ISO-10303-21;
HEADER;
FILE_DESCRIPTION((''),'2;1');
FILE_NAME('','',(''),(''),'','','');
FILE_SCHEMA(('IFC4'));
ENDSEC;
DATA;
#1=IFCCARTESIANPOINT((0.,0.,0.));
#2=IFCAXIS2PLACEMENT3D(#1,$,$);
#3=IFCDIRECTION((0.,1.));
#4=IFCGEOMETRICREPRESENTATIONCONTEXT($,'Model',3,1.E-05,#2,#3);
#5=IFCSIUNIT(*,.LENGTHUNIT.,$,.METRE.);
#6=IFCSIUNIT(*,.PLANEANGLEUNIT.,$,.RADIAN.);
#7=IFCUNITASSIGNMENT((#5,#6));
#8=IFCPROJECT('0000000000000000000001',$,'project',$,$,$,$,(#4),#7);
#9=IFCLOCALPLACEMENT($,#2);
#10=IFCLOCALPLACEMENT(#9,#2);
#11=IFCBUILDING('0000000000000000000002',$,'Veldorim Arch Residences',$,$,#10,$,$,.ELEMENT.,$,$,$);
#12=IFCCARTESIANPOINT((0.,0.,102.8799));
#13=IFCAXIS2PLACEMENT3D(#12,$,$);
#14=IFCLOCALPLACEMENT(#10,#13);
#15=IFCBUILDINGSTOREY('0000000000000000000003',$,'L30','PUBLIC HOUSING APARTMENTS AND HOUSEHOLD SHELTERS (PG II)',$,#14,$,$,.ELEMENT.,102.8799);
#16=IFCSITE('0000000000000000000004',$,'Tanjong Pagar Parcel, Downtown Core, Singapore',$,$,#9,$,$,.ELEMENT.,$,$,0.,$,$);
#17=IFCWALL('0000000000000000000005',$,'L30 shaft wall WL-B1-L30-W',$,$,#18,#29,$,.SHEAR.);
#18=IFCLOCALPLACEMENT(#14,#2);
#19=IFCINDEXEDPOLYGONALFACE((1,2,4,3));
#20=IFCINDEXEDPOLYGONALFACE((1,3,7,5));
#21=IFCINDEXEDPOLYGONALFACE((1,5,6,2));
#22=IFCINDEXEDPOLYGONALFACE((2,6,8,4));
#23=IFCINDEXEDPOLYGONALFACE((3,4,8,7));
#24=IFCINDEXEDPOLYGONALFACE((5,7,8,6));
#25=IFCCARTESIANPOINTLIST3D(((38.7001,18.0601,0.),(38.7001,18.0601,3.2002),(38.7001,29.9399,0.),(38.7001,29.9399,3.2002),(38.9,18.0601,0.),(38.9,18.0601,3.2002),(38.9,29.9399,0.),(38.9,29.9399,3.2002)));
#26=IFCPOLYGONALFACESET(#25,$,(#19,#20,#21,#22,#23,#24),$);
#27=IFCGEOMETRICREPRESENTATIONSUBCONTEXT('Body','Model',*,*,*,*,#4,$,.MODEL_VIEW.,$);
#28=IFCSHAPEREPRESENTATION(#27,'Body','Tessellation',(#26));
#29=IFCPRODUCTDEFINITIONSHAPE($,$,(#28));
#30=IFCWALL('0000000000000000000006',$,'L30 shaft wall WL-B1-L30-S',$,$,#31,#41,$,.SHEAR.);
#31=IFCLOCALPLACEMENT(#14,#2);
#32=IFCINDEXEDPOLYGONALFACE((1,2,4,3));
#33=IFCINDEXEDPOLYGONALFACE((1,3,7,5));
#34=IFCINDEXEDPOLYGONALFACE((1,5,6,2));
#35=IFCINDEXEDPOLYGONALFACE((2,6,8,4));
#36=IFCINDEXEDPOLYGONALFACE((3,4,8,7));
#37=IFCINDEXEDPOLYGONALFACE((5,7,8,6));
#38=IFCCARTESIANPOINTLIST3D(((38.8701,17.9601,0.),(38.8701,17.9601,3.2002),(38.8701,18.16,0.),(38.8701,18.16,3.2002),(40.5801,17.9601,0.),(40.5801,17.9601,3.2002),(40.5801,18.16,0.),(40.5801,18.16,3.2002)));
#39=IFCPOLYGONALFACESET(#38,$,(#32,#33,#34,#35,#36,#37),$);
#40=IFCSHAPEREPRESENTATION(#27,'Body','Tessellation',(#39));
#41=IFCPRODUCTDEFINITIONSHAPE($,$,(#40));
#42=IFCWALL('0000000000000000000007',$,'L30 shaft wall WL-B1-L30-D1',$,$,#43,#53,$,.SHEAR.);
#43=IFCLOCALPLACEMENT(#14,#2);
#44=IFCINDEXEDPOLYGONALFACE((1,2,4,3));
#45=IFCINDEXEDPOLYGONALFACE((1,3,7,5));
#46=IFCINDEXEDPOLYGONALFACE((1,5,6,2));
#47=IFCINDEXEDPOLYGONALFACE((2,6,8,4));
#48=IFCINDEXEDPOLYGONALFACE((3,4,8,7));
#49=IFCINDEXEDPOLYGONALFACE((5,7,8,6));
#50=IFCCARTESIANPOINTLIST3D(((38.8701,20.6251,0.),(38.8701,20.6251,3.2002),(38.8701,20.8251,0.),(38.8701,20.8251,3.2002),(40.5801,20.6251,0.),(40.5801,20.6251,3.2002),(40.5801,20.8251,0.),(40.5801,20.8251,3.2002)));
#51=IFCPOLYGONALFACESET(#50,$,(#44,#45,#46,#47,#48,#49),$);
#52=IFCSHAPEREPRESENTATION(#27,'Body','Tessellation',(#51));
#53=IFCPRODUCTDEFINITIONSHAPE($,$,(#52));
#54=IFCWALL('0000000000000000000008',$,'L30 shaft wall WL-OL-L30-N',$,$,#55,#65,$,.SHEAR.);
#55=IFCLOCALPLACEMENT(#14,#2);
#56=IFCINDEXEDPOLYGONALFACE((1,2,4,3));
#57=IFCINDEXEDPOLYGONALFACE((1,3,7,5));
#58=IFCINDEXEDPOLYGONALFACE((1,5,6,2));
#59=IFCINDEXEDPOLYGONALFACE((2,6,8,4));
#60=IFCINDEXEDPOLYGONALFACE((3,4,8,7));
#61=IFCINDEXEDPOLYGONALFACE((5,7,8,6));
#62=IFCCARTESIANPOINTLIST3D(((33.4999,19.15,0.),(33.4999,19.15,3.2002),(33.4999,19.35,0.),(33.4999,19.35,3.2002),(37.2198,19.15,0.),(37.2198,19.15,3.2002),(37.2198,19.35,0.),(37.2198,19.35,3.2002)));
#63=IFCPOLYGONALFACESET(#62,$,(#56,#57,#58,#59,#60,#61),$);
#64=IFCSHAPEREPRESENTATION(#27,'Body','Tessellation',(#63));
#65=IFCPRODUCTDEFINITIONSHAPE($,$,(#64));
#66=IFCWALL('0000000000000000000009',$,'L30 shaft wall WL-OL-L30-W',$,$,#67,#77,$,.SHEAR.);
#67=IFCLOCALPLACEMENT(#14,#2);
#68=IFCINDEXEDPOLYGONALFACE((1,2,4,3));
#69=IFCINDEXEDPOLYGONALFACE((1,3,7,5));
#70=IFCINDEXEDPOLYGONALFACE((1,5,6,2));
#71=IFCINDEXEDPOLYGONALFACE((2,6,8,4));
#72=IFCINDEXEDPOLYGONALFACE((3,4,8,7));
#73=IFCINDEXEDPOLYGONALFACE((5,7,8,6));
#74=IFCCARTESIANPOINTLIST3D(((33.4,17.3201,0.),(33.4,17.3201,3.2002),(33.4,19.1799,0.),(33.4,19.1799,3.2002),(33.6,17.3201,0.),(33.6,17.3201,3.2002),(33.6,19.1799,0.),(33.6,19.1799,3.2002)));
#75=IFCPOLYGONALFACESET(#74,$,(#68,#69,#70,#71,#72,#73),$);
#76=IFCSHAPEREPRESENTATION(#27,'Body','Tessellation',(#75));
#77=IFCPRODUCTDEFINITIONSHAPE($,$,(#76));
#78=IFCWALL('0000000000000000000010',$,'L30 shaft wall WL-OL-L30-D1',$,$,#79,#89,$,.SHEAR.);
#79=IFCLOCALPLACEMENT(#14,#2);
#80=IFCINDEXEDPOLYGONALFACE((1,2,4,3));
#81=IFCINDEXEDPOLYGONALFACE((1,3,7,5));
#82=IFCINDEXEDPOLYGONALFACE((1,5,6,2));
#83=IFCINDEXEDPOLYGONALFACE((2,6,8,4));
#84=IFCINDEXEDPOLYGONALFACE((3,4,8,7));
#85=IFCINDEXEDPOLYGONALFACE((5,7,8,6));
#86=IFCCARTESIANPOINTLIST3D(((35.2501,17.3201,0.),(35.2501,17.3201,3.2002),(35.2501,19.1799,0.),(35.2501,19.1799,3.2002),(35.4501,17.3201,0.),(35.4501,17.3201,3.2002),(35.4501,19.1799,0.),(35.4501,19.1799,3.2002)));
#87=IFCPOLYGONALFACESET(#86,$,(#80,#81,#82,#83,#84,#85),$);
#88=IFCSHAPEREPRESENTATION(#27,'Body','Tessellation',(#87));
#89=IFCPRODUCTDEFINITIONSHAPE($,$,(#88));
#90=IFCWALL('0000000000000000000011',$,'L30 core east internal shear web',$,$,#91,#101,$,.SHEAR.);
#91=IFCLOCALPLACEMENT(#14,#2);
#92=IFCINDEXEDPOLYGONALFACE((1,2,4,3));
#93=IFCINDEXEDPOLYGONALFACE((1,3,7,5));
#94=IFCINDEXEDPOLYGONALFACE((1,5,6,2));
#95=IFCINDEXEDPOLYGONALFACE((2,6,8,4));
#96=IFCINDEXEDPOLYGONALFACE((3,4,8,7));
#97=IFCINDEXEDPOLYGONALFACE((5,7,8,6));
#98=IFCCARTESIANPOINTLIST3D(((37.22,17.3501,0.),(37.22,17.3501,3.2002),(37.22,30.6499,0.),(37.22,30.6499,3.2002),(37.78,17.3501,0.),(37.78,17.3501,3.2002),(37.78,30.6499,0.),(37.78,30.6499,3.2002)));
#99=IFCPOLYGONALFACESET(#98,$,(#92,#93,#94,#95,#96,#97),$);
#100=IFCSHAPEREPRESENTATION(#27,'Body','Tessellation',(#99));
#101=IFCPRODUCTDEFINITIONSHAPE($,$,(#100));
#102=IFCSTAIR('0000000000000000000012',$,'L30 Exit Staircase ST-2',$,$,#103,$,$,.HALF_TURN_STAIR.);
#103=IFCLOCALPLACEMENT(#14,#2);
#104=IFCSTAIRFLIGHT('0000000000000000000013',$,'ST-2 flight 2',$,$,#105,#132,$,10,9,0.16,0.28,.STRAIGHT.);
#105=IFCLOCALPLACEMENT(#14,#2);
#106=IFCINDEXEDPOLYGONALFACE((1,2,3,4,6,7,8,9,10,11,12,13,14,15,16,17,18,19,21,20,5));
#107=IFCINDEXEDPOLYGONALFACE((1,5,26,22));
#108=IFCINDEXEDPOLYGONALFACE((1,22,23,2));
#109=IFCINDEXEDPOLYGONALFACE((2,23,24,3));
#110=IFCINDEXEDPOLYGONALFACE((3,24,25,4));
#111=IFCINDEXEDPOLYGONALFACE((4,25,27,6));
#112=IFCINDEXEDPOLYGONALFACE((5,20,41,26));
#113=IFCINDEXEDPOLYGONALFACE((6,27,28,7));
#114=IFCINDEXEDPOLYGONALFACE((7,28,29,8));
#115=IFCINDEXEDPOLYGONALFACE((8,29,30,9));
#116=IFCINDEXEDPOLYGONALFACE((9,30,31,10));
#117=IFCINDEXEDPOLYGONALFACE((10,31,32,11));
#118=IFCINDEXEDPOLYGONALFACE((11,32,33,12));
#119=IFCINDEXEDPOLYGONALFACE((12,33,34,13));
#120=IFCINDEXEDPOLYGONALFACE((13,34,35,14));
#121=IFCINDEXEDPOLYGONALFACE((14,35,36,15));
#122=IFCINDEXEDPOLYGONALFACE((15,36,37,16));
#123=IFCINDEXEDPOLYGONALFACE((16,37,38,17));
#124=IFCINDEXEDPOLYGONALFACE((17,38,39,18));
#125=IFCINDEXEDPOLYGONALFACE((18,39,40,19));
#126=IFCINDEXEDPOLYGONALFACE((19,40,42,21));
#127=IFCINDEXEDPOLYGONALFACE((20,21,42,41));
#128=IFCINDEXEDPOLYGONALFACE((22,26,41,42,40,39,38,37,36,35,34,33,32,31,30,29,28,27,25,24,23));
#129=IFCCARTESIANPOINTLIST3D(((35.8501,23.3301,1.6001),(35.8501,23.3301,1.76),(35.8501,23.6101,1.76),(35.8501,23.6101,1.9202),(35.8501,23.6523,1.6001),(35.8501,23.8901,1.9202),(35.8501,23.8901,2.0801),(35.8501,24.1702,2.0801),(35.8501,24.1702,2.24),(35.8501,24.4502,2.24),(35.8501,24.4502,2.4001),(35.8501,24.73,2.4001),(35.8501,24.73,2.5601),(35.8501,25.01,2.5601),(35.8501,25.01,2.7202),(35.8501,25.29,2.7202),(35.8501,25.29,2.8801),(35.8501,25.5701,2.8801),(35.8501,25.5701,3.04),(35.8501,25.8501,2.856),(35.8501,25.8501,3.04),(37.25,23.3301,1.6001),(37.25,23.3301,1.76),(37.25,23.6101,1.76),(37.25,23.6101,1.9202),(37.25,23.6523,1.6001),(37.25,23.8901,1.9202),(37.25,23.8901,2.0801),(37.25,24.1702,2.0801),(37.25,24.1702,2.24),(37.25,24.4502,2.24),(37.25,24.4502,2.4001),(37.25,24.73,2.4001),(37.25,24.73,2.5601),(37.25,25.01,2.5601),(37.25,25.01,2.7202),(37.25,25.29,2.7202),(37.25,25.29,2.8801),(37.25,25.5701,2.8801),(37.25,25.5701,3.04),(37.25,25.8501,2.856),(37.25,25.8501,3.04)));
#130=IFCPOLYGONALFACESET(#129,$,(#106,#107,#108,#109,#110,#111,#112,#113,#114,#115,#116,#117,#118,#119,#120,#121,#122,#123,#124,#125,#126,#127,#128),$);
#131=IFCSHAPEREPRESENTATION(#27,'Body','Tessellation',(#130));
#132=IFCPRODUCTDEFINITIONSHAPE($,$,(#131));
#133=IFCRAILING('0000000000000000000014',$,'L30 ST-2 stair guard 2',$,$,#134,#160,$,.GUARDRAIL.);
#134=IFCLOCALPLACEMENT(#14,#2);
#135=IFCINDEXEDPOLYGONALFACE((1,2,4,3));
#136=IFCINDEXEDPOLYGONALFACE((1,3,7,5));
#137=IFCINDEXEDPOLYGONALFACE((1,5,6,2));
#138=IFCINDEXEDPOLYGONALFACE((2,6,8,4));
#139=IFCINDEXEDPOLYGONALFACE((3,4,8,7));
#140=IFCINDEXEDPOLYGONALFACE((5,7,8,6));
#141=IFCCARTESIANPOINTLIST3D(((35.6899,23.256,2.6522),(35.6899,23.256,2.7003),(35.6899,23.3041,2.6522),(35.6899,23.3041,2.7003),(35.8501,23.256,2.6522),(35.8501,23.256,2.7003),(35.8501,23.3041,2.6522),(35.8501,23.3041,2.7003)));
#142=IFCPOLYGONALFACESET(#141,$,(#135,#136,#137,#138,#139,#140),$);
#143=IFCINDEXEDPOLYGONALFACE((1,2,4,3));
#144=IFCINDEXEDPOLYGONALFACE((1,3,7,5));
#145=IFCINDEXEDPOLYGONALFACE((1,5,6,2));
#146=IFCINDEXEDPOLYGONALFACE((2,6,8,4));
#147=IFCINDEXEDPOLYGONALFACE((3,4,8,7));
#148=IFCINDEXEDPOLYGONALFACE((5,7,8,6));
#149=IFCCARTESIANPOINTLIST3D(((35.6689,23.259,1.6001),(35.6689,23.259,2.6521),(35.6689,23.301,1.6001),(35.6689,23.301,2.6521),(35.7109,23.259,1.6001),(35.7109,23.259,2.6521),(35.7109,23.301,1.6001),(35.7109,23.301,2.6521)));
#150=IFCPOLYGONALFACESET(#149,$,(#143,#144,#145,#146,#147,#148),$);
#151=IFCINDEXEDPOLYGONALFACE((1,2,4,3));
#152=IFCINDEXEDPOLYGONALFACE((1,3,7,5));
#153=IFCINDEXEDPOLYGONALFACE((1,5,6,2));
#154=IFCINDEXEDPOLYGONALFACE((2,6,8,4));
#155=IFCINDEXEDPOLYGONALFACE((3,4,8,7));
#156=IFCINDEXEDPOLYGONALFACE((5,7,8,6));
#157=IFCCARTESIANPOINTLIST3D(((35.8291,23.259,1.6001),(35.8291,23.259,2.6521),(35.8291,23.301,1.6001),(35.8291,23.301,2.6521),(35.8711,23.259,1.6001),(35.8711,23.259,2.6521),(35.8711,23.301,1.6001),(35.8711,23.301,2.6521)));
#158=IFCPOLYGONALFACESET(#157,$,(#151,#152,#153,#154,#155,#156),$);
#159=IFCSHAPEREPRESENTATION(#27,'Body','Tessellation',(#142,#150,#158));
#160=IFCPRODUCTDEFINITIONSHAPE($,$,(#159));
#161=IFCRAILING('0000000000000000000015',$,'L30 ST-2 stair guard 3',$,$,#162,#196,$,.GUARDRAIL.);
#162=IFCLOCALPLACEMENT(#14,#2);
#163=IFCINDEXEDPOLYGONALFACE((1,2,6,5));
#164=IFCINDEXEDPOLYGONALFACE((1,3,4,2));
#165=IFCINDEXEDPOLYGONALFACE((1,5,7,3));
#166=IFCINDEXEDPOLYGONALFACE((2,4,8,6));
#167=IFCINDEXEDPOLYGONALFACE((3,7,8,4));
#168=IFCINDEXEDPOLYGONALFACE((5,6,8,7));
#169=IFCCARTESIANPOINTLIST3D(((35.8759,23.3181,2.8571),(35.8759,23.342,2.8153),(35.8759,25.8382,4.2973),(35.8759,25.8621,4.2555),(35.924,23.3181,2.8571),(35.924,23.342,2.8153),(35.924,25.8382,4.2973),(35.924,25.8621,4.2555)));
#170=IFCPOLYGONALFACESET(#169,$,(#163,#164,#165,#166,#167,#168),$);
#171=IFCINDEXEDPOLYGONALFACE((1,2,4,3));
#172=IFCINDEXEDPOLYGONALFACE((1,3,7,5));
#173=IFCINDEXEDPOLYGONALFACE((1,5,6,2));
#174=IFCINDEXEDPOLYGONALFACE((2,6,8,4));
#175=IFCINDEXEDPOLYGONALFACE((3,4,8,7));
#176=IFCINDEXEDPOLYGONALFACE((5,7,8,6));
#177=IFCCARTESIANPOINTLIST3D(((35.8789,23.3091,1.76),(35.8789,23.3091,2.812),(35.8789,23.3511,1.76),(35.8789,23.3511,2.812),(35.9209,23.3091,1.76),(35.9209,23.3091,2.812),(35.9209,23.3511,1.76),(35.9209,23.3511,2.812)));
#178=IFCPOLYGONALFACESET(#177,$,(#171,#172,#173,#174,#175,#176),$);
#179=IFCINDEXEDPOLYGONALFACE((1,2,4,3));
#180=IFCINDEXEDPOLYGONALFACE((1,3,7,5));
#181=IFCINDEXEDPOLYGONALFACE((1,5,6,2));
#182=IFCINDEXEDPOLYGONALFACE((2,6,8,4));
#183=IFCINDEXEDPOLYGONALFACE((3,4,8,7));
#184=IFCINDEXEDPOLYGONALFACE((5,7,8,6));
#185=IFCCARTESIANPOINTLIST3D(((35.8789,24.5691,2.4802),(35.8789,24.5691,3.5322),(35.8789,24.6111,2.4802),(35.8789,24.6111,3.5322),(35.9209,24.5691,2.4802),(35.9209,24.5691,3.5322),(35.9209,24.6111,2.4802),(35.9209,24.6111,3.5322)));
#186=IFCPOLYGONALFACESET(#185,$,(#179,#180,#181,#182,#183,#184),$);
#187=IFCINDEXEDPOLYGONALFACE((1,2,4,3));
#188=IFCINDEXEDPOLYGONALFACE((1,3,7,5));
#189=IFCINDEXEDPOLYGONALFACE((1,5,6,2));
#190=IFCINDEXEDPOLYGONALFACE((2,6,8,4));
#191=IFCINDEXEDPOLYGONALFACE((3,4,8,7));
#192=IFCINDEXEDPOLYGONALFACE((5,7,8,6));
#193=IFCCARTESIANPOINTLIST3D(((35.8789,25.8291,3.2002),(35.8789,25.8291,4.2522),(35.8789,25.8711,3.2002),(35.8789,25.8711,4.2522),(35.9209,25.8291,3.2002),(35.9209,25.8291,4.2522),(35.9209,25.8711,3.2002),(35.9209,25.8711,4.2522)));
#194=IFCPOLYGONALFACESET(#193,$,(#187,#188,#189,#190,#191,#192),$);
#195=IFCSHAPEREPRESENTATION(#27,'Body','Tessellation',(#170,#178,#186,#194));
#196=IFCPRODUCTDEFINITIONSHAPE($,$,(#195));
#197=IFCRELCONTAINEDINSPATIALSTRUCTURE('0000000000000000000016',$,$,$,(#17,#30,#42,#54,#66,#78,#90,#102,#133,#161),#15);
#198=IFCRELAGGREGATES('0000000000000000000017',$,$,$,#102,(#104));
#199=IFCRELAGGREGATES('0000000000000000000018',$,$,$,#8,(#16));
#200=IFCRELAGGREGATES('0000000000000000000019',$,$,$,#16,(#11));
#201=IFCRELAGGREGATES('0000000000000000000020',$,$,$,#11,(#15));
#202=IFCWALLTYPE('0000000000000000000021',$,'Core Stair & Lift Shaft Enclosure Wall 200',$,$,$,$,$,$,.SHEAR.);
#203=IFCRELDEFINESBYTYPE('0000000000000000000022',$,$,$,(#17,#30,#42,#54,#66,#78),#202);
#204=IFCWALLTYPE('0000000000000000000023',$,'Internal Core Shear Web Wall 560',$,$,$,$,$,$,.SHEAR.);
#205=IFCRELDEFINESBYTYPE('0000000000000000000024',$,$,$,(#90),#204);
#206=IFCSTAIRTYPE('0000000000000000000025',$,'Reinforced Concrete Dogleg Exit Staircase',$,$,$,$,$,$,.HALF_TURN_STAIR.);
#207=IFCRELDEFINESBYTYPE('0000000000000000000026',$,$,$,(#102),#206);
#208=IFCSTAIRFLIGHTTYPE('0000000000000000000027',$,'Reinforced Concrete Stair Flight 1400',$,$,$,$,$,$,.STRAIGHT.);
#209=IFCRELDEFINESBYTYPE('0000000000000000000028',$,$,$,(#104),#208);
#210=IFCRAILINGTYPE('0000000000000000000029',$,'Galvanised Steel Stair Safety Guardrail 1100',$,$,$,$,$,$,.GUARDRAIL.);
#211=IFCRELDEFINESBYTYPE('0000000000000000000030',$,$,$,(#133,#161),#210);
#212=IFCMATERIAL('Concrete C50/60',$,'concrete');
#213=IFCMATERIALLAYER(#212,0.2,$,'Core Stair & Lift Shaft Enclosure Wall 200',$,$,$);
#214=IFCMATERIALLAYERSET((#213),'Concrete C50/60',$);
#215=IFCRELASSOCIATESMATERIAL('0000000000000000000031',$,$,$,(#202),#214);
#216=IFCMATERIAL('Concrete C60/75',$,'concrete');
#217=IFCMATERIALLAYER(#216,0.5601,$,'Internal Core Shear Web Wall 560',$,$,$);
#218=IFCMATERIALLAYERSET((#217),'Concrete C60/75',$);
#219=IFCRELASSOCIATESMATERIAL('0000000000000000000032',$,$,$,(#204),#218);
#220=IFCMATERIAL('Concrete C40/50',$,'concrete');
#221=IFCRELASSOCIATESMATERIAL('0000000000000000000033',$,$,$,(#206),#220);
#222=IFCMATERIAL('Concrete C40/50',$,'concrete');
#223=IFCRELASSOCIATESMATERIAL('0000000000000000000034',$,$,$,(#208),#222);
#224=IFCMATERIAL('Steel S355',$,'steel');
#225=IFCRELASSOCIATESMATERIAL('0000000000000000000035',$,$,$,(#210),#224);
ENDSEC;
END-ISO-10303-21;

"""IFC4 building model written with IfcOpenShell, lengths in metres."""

from ifc_helpers import new_model, si_unit, direction, frame, frame_2d, origin, origin_2d, place, context, subcontext, project, spatial, polyline, rectangle, outline, extrude, material, layer, layer_set, type_object, element, aggregate, save


model = new_model("IFC4")

# Units and contexts
model_context = context("Model", 3, precision=1e-05, world=origin(), true_north=direction((0.0, 1.0)))
body_context = subcontext(model_context, "Body", "Model", "MODEL_VIEW")
ifc_project = project(units=[si_unit("LENGTHUNIT", "METRE"), si_unit("PLANEANGLEUNIT", "RADIAN")], contexts=[model_context])

# Site, building, storey
site_placement = place(None, origin())
site = spatial("IfcSite", under=ifc_project, at=site_placement, Name="Tanjong Pagar Parcel, Downtown Core, Singapore", CompositionType="ELEMENT", RefElevation=0.0)
building_placement = place(site_placement, origin())
building = spatial("IfcBuilding", under=site, at=building_placement, Name="Veldorim Arch Residences", CompositionType="ELEMENT")
storey_placement = place(building_placement, frame((0.0, 0.0, 102.8799)))
storey = spatial("IfcBuildingStorey", under=building, at=storey_placement, Name="L30", Description="PUBLIC HOUSING APARTMENTS AND HOUSEHOLD SHELTERS (PG II)", CompositionType="ELEMENT", Elevation=102.8799)

# Walls
ifc_material_1 = material(Name="Concrete C50/60", Category="concrete")
ifc_layer_1 = layer(ifc_material_1, 0.2, Name="Core Stair & Lift Shaft Enclosure Wall 200")
ifc_layer_set_1 = layer_set([ifc_layer_1], Name="Concrete C50/60")
wall_type_1 = type_object("IfcWallType", Name="Core Stair & Lift Shaft Enclosure Wall 200", PredefinedType="SHEAR", material=ifc_layer_set_1)
wall_1_placement = place(storey_placement, frame((38.8, 18.0601, 0.0), z_axis=(0.0, 0.0, 1.0), x_axis=(0.0, 1.0, 0.0)))
element("IfcWall", 1, at=wall_1_placement, inside=storey, type_object=wall_type_1, Name="L30 shaft wall WL-B1-L30-W", PredefinedType="SHEAR", context=body_context, shape_type="SweptSolid", body=[
    extrude(rectangle(XDim=11.8799, YDim=0.2, at=frame_2d((5.9399, 0.0))), origin(), (0.0, 0.0, 1.0), 3.2002),
])
for number, where, z_axis, x_axis, name in (
    (2, (38.8701, 18.0601, 0.0), (0.0, 0.0, 1.0), (1.0, 0.0, 0.0), "L30 shaft wall WL-B1-L30-S"),
    (3, (38.8701, 20.7251, 0.0), (0.0, 0.0, 1.0), (1.0, 0.0, 0.0), "L30 shaft wall WL-B1-L30-D1"),
):
    element("IfcWall", number, at=place(storey_placement, frame(where, z_axis=z_axis, x_axis=x_axis)), inside=storey, type_object=wall_type_1, Name=name, PredefinedType="SHEAR", context=body_context, shape_type="SweptSolid", body=[
        extrude(rectangle(XDim=1.71, YDim=0.2, at=frame_2d((0.855, 0.0))), origin(), (0.0, 0.0, 1.0), 3.2002),
    ])
wall_2_placement = place(storey_placement, frame((33.5, 19.25, 0.0), z_axis=(0.0, 0.0, 1.0), x_axis=(1.0, 0.0, 0.0)))
element("IfcWall", 4, at=wall_2_placement, inside=storey, type_object=wall_type_1, Name="L30 shaft wall WL-OL-L30-N", PredefinedType="SHEAR", context=body_context, shape_type="SweptSolid", body=[
    extrude(rectangle(XDim=3.72, YDim=0.2, at=frame_2d((1.8599, 0.0))), origin(), (0.0, 0.0, 1.0), 3.2002),
])
for number, where, z_axis, x_axis, name in (
    (5, (33.5, 17.3201, 0.0), (0.0, 0.0, 1.0), (0.0, 1.0, 0.0), "L30 shaft wall WL-OL-L30-W"),
    (6, (35.3501, 17.3201, 0.0), (0.0, 0.0, 1.0), (0.0, 1.0, 0.0), "L30 shaft wall WL-OL-L30-D1"),
):
    element("IfcWall", number, at=place(storey_placement, frame(where, z_axis=z_axis, x_axis=x_axis)), inside=storey, type_object=wall_type_1, Name=name, PredefinedType="SHEAR", context=body_context, shape_type="SweptSolid", body=[
        extrude(rectangle(XDim=1.8599, YDim=0.2, at=frame_2d((0.9299, 0.0))), origin(), (0.0, 0.0, 1.0), 3.2002),
    ])
ifc_material_2 = material(Name="Concrete C60/75", Category="concrete")
ifc_layer_2 = layer(ifc_material_2, 0.5601, Name="Internal Core Shear Web Wall 560")
ifc_layer_set_2 = layer_set([ifc_layer_2], Name="Concrete C60/75")
wall_type_2 = type_object("IfcWallType", Name="Internal Core Shear Web Wall 560", PredefinedType="SHEAR", material=ifc_layer_set_2)
wall_3_placement = place(storey_placement, frame((37.5, 17.3501, 0.0), z_axis=(0.0, 0.0, 1.0), x_axis=(0.0, 1.0, 0.0)))
element("IfcWall", 7, at=wall_3_placement, inside=storey, type_object=wall_type_2, Name="L30 core east internal shear web", PredefinedType="SHEAR", context=body_context, shape_type="SweptSolid", body=[
    extrude(rectangle(XDim=13.2998, YDim=0.5601, at=frame_2d((6.6499, 0.0))), origin(), (0.0, 0.0, 1.0), 3.2002),
])

# Stair, stair flight
ifc_material_3 = material(Name="Concrete C40/50", Category="concrete")
stair_type = type_object("IfcStairType", Name="Reinforced Concrete Dogleg Exit Staircase", PredefinedType="HALF_TURN_STAIR", material=ifc_material_3)
stair_placement = place(storey_placement, origin())
stair = element("IfcStair", 8, at=stair_placement, inside=storey, type_object=stair_type, Name="L30 Exit Staircase ST-2", PredefinedType="HALF_TURN_STAIR")
ifc_material_4 = material(Name="Concrete C40/50", Category="concrete")
stair_flight_type = type_object("IfcStairFlightType", Name="Reinforced Concrete Stair Flight 1400", PredefinedType="STRAIGHT", material=ifc_material_4)
stair_flight_placement = place(storey_placement, frame((36.55, 23.3301, 1.6001), z_axis=(0.0, 0.0, 1.0), x_axis=(0.0, 1.0, 0.0)))
stair_flight = element("IfcStairFlight", 9, at=stair_flight_placement, type_object=stair_flight_type, Name="ST-2 flight 2", NumberOfRisers=10, NumberOfTreads=9, PredefinedType="STRAIGHT", RiserHeight=0.16, TreadLength=0.28, context=body_context, shape_type="SweptSolid", body=[
    extrude(outline(polyline([(0.0, 0.0), (0.0, 0.1599), (0.28, 0.1599), (0.28, 0.3201), (0.5601, 0.3201), (0.5601, 0.48), (0.8401, 0.48), (0.8401, 0.6399), (1.1201, 0.6399), (1.1201, 0.8), (1.3999, 0.8), (1.3999, 0.96), (1.6799, 0.96), (1.6799, 1.1201), (1.96, 1.1201), (1.96, 1.28), (2.24, 1.28), (2.24, 1.4399), (2.52, 1.4399), (2.52, 1.6001), (2.52, 1.2559), (0.3223, 0.0), (0.0, 0.0)])), frame((0.0, 0.7, 0.0), z_axis=(0.0, -1.0, 0.0), x_axis=(1.0, 0.0, 0.0)), (0.0, 0.0, 1.0), 1.3999),
])
aggregate(stair, [stair_flight])

# Railings
ifc_material_5 = material(Name="Steel S355", Category="steel")
railing_type_1 = type_object("IfcRailingType", Name="Galvanised Steel Stair Safety Guardrail 1100", PredefinedType="GUARDRAIL", material=ifc_material_5)
railing_1_placement = place(storey_placement, frame((35.6899, 23.28, 1.6001)))
element("IfcRailing", 10, at=railing_1_placement, inside=storey, type_object=railing_type_1, Name="L30 ST-2 stair guard 2", PredefinedType="GUARDRAIL", context=body_context, shape_type="SweptSolid", body=[
    extrude(rectangle(XDim=0.0481, YDim=0.0481, at=origin_2d()), frame((0.0, 0.0, 1.0762), z_axis=(1.0, 0.0, 0.0), x_axis=(0.0, 1.0, 0.0)), (0.0, 0.0, 1.0), 0.1602),
    extrude(rectangle(XDim=0.042, YDim=0.042, at=origin_2d()), origin(), (0.0, 0.0, 1.0), 1.052),
    extrude(rectangle(XDim=0.042, YDim=0.042, at=origin_2d()), frame((0.1602, 0.0, 0.0)), (0.0, 0.0, 1.0), 1.052),
])
railing_2_placement = place(storey_placement, frame((35.8999, 23.3301, 1.76)))
element("IfcRailing", 11, at=railing_2_placement, inside=storey, type_object=railing_type_1, Name="L30 ST-2 stair guard 3", PredefinedType="GUARDRAIL", context=body_context, shape_type="SweptSolid", body=[
    extrude(rectangle(XDim=0.0481, YDim=0.0481, at=origin_2d()), frame((0.0, 0.0, 1.0762), z_axis=(0.0, 0.868217, 0.496184), x_axis=(-1.0, 0.0, 0.0)), (0.0, 0.0, 1.0), 2.9026),
    extrude(rectangle(XDim=0.042, YDim=0.042, at=origin_2d()), origin(), (0.0, 0.0, 1.0), 1.052),
    extrude(rectangle(XDim=0.042, YDim=0.042, at=origin_2d()), frame((0.0, 1.26, 0.7202)), (0.0, 0.0, 1.0), 1.052),
    extrude(rectangle(XDim=0.042, YDim=0.042, at=origin_2d()), frame((0.0, 2.52, 1.4402)), (0.0, 0.0, 1.0), 1.052),
])

save(model, "model.ifc")
